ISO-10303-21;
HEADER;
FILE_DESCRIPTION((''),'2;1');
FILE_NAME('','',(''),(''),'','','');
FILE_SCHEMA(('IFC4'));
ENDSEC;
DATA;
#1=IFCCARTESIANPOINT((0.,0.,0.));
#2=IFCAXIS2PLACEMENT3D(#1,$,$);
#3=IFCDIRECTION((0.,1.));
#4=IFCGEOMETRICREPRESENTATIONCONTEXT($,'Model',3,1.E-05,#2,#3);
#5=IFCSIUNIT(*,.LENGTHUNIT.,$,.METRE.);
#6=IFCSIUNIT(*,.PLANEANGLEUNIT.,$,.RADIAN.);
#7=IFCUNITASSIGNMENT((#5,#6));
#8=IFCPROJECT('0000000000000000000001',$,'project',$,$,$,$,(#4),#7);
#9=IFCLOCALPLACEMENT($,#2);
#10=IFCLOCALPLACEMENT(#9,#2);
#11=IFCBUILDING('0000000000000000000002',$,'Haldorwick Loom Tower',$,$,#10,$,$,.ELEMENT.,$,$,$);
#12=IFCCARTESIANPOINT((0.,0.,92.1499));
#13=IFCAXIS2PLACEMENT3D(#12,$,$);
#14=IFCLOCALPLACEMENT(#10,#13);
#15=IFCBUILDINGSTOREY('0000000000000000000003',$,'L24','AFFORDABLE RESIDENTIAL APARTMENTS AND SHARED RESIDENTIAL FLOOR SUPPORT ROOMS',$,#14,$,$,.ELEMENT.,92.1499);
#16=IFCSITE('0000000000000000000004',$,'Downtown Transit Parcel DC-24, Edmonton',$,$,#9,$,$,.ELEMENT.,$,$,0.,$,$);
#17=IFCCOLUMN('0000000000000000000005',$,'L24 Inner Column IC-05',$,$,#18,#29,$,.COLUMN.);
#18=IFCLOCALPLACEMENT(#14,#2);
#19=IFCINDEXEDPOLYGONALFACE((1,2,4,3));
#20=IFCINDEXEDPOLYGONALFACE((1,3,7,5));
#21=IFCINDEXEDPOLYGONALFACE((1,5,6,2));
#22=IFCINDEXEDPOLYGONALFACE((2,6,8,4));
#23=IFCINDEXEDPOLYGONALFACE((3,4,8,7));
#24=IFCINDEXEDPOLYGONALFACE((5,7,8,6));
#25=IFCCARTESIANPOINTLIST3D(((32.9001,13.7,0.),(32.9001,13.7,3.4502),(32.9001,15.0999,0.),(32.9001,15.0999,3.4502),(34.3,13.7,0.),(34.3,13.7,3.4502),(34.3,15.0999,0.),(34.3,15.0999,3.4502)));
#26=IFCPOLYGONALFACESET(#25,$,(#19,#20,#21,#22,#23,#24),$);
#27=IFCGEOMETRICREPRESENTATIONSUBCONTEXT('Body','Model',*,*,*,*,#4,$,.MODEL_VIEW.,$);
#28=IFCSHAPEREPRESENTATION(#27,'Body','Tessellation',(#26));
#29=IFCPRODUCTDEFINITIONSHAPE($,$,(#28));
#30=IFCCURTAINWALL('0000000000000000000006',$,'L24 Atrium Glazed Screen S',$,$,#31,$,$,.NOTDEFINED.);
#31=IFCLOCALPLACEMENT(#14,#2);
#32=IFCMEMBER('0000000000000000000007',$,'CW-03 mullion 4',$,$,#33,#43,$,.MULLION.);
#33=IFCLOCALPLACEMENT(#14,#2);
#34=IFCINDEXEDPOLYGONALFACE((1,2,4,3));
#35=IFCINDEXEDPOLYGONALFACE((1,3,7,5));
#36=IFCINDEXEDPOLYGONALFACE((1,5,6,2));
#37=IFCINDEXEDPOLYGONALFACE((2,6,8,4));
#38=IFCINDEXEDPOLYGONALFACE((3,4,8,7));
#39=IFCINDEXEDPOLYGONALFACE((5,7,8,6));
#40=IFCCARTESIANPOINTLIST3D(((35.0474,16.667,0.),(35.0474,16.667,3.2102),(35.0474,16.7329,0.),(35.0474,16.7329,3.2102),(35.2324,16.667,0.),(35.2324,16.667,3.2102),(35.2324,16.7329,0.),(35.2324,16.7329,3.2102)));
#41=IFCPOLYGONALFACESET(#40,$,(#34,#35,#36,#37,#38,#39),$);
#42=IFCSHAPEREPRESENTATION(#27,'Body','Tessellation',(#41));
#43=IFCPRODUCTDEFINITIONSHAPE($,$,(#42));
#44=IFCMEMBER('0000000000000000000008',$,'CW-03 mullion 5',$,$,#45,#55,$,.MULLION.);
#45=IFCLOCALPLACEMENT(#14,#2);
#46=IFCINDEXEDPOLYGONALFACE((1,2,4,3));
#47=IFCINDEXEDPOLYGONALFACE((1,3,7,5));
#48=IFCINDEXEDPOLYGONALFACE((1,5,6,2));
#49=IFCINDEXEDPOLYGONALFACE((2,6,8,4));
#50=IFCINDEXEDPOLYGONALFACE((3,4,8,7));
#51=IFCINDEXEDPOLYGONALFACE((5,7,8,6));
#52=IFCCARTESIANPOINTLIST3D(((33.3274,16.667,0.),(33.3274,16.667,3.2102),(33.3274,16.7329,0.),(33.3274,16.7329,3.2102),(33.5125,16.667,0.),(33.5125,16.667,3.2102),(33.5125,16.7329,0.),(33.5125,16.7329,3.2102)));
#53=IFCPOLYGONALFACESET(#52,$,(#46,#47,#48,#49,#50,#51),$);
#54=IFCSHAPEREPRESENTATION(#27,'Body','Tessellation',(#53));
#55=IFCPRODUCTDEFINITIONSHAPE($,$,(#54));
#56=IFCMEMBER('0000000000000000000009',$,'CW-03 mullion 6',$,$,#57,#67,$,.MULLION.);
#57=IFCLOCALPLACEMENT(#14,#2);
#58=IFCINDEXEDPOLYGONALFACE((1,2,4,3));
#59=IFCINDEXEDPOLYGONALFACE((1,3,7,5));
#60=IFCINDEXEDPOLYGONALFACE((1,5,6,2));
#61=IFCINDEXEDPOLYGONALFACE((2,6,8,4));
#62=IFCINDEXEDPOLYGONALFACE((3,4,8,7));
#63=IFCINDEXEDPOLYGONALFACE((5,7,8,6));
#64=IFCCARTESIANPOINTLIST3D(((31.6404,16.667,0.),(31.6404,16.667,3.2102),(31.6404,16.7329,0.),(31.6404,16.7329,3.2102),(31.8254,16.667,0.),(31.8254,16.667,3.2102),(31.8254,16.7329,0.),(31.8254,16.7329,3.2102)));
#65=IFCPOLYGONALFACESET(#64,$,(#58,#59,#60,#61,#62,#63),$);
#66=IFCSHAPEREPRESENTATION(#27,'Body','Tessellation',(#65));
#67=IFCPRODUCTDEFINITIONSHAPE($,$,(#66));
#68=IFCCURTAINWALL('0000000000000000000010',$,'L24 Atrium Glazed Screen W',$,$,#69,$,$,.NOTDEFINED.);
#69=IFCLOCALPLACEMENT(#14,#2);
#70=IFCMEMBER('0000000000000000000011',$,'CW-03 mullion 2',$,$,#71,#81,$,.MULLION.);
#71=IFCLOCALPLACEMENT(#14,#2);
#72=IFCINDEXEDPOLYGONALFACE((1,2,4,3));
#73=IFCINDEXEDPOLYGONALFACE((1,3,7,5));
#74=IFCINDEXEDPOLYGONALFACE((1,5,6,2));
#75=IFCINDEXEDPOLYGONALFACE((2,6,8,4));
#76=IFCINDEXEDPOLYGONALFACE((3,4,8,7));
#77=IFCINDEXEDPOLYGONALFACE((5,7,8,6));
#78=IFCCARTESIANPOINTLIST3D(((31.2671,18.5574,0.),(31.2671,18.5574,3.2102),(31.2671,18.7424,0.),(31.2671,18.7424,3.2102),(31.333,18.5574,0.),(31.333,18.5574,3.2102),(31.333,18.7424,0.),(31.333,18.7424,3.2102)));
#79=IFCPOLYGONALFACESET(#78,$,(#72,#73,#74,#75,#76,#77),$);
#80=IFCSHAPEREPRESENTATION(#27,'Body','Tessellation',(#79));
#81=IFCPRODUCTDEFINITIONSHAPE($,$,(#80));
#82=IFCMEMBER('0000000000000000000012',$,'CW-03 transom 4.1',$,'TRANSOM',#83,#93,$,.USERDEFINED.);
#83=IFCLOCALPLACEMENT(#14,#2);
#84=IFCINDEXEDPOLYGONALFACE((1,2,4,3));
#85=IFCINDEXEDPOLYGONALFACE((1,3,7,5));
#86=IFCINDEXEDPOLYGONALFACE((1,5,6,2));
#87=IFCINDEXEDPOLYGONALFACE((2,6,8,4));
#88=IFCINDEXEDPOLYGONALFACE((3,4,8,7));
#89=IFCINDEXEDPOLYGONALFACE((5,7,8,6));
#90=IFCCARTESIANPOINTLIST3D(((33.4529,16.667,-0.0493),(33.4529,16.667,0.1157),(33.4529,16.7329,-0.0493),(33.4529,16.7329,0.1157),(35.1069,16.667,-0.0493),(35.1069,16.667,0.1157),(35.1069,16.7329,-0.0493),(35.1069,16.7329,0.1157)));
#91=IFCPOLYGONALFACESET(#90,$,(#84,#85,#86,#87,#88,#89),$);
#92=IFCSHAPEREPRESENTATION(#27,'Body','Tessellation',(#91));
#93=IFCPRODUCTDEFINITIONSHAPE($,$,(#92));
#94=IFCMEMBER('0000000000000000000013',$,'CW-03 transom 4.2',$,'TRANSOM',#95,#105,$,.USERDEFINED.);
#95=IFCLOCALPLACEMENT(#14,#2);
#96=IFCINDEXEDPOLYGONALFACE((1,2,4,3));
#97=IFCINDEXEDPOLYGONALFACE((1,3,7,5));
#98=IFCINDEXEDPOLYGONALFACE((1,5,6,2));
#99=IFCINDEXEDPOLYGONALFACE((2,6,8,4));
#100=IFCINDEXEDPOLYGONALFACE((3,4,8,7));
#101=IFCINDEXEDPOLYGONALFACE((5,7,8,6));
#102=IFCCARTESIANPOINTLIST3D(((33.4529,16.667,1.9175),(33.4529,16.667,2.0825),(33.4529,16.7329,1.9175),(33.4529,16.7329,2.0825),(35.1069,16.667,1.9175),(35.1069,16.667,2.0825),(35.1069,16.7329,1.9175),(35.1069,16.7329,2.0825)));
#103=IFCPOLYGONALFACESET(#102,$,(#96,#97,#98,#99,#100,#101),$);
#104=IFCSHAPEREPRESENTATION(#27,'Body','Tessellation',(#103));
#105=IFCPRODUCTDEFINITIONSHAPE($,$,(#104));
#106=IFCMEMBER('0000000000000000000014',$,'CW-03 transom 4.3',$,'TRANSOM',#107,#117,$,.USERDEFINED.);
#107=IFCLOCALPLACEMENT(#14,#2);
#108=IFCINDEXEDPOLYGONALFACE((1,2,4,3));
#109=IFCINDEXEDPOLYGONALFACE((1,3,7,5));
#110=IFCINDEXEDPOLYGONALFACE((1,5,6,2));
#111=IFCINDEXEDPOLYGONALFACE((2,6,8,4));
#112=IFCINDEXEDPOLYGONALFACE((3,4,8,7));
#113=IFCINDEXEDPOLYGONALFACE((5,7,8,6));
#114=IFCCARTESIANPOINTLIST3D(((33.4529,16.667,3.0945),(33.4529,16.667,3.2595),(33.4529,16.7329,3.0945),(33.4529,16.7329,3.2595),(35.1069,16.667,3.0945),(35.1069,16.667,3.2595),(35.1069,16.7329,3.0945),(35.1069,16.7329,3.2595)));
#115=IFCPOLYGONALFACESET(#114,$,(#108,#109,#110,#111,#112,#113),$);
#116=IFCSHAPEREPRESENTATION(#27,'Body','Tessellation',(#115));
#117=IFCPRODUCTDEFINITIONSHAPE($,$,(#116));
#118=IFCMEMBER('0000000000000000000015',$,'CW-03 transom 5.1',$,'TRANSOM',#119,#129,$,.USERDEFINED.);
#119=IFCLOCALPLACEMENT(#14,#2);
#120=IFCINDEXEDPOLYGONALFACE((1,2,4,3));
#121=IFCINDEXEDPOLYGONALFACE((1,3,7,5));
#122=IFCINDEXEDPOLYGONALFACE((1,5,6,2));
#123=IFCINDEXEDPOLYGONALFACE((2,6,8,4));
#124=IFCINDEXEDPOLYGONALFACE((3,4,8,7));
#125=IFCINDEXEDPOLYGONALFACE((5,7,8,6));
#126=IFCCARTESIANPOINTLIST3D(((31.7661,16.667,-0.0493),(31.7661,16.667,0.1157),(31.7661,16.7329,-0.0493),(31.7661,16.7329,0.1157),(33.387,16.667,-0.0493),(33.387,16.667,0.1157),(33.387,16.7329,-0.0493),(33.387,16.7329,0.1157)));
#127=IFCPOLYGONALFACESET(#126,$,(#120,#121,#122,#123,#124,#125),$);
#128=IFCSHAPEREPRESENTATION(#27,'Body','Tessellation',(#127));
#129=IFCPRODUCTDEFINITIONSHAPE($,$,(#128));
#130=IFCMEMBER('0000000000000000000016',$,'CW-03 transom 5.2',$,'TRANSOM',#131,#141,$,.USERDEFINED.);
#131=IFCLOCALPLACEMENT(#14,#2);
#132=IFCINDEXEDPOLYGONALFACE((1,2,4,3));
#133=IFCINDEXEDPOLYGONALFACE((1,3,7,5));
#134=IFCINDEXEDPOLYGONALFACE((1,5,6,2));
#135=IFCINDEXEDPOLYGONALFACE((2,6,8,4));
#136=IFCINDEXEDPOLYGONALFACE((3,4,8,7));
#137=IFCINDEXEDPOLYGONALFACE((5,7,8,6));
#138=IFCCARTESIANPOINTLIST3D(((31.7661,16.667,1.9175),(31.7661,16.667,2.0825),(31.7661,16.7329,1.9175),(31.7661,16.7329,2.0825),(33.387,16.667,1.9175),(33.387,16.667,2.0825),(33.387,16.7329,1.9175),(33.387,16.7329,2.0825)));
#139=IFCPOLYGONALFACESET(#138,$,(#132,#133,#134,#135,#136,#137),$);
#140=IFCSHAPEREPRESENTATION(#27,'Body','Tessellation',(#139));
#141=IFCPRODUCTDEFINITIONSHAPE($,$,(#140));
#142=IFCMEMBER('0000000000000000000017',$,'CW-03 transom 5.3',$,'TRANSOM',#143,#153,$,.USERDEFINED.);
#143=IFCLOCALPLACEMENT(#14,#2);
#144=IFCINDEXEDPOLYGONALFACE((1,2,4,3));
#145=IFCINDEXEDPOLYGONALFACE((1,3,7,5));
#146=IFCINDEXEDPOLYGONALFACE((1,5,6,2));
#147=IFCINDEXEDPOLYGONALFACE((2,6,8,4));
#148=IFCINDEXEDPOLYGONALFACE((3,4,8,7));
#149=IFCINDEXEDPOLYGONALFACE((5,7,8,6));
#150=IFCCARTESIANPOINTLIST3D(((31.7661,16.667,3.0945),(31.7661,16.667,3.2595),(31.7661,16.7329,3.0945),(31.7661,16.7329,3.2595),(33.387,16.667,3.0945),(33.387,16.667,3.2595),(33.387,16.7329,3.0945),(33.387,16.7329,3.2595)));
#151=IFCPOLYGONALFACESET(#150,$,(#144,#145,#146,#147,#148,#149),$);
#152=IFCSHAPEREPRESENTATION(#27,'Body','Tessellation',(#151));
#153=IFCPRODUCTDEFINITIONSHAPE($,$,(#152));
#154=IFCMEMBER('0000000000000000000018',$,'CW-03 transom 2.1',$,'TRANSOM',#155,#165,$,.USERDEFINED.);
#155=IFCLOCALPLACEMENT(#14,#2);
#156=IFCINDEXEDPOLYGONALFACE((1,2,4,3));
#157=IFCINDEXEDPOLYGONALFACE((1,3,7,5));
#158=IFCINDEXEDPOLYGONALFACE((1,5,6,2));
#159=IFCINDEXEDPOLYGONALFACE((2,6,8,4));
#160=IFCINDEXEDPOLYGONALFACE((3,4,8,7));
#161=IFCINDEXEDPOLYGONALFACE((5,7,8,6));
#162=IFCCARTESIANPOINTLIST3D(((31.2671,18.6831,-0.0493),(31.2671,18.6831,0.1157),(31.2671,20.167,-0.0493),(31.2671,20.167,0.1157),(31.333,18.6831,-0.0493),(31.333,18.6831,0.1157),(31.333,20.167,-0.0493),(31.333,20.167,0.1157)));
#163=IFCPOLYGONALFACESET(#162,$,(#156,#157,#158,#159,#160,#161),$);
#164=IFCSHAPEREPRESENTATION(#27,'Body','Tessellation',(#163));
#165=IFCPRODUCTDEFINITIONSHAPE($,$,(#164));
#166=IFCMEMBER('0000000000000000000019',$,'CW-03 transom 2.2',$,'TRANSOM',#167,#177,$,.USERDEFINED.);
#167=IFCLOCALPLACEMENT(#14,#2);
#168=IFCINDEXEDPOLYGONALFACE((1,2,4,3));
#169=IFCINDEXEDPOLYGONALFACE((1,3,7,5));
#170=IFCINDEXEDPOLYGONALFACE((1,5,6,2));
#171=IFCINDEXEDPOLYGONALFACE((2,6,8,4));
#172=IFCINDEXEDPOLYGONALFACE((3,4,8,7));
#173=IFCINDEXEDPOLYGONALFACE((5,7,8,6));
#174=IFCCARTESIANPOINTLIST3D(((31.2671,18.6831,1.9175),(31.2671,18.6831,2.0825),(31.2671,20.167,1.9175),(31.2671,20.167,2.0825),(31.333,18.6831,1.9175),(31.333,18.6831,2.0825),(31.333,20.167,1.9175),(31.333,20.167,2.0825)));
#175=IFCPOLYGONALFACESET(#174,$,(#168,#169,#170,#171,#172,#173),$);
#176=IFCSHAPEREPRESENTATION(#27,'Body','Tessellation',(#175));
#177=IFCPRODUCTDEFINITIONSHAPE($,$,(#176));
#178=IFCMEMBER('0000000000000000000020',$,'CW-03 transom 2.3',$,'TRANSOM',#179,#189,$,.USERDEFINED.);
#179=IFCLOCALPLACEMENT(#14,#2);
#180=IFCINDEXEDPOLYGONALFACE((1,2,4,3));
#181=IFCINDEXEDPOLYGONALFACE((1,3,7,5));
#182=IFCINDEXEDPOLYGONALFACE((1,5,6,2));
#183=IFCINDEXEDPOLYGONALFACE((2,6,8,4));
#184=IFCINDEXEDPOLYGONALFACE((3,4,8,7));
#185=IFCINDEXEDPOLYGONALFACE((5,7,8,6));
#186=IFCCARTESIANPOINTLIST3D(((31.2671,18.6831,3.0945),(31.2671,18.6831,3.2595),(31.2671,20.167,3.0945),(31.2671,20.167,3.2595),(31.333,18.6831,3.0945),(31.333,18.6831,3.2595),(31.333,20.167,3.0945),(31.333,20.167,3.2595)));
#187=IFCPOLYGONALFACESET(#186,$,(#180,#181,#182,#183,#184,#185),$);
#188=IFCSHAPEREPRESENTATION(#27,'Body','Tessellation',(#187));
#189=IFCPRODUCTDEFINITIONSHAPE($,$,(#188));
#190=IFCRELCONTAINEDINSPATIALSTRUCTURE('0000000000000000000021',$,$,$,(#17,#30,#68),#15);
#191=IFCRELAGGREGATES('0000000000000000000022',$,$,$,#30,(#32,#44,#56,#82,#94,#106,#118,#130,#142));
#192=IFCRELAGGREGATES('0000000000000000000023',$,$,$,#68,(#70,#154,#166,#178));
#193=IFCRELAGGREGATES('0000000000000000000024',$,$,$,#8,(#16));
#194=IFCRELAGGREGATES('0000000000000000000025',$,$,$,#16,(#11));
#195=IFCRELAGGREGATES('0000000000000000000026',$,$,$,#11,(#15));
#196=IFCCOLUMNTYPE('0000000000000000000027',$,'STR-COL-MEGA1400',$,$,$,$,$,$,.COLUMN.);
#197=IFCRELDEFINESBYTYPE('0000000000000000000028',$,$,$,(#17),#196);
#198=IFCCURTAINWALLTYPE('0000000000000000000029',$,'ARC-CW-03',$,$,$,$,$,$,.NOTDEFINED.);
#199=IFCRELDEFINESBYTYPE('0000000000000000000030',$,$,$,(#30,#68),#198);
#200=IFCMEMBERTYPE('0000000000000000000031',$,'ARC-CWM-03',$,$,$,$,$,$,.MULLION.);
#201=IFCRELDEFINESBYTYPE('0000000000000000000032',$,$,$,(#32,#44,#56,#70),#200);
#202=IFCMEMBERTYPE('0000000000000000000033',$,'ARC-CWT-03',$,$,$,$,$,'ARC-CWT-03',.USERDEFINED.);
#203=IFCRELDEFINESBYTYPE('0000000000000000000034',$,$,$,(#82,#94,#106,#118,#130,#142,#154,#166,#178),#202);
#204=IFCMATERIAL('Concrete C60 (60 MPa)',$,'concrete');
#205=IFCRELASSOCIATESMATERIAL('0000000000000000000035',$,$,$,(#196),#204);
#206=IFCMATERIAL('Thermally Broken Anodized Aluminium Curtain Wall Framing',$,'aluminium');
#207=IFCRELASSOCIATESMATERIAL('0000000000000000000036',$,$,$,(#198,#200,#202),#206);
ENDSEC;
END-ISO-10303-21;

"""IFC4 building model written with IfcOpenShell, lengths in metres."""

from ifc_helpers import new_model, si_unit, direction, frame, origin, origin_2d, place, context, subcontext, project, spatial, rectangle, extrude, material, material_profile, profile_set, type_object, element, aggregate, save


model = new_model("IFC4")

# Units and contexts
model_context = context("Model", 3, precision=1e-05, world=origin(), true_north=direction((0.0, 1.0)))
body_context = subcontext(model_context, "Body", "Model", "MODEL_VIEW")
ifc_project = project(units=[si_unit("LENGTHUNIT", "METRE"), si_unit("PLANEANGLEUNIT", "RADIAN")], contexts=[model_context])

# Site, building, storey
site_placement = place(None, origin())
site = spatial("IfcSite", under=ifc_project, at=site_placement, Name="Downtown Transit Parcel DC-24, Edmonton", CompositionType="ELEMENT", RefElevation=0.0)
building_placement = place(site_placement, origin())
building = spatial("IfcBuilding", under=site, at=building_placement, Name="Haldorwick Loom Tower", CompositionType="ELEMENT")
storey_placement = place(building_placement, frame((0.0, 0.0, 92.1499)))
storey = spatial("IfcBuildingStorey", under=building, at=storey_placement, Name="L24", Description="AFFORDABLE RESIDENTIAL APARTMENTS AND SHARED RESIDENTIAL FLOOR SUPPORT ROOMS", CompositionType="ELEMENT", Elevation=92.1499)

# Column
ifc_material_1 = material(Name="Concrete C60 (60 MPa)", Category="concrete")
ifc_material_profile_1 = material_profile(ifc_material_1, rectangle(XDim=1.3999, YDim=1.3999, at=origin_2d()), Name="RC1400X1400", Category="concrete")
ifc_profile_set_1 = profile_set([ifc_material_profile_1], Name="Concrete C60 (60 MPa)")
column_type = type_object("IfcColumnType", Name="STR-COL-MEGA1400", PredefinedType="COLUMN", material=ifc_profile_set_1)
column_placement = place(storey_placement, frame((33.6001, 14.3999, 0.0), z_axis=(0.0, 0.0, 1.0), x_axis=(1.0, 0.0, 0.0)))
element("IfcColumn", 1, at=column_placement, inside=storey, type_object=column_type, Name="L24 Inner Column IC-05", PredefinedType="COLUMN", context=body_context, shape_type="SweptSolid", body=[
    extrude(rectangle(XDim=1.3999, YDim=1.3999, at=origin_2d()), origin(), (0.0, 0.0, 1.0), 3.4502),
])

# Curtain wall, members
ifc_material_2 = material(Name="Thermally Broken Anodized Aluminium Curtain Wall Framing", Category="aluminium")
curtain_wall_type = type_object("IfcCurtainWallType", Name="ARC-CW-03", PredefinedType="NOTDEFINED", material=ifc_material_2)
curtain_wall_1_placement = place(storey_placement, origin())
curtain_wall_1 = element("IfcCurtainWall", 2, at=curtain_wall_1_placement, inside=storey, type_object=curtain_wall_type, Name="L24 Atrium Glazed Screen S", PredefinedType="NOTDEFINED")
ifc_material_profile_2 = material_profile(ifc_material_2, rectangle(XDim=0.0659, YDim=0.1851, at=origin_2d()), Name="ALU_MUL_66X185", Category="aluminium")
ifc_profile_set_2 = profile_set([ifc_material_profile_2], Name="Thermally Broken Anodized Aluminium Curtain Wall Framing")
member_type_1 = type_object("IfcMemberType", Name="ARC-CWM-03", PredefinedType="MULLION", material=ifc_profile_set_2)
member_1_placement = place(storey_placement, frame((35.1399, 16.7, 0.0), z_axis=(0.0, 0.0, 1.0), x_axis=(0.0, -1.0, 0.0)))
member_1 = element("IfcMember", 3, at=member_1_placement, type_object=member_type_1, Name="CW-03 mullion 4", PredefinedType="MULLION", context=body_context, shape_type="SweptSolid", body=[
    extrude(rectangle(XDim=0.0659, YDim=0.1851, at=origin_2d()), origin(), (0.0, 0.0, 1.0), 3.2102),
])
member_2_placement = place(storey_placement, frame((33.4199, 16.7, 0.0), z_axis=(0.0, 0.0, 1.0), x_axis=(0.0, -1.0, 0.0)))
member_2 = element("IfcMember", 4, at=member_2_placement, type_object=member_type_1, Name="CW-03 mullion 5", PredefinedType="MULLION", context=body_context, shape_type="SweptSolid", body=[
    extrude(rectangle(XDim=0.0659, YDim=0.1851, at=origin_2d()), origin(), (0.0, 0.0, 1.0), 3.2102),
])
member_3_placement = place(storey_placement, frame((31.7329, 16.7, 0.0), z_axis=(0.0, 0.0, 1.0), x_axis=(0.0, -1.0, 0.0)))
member_3 = element("IfcMember", 5, at=member_3_placement, type_object=member_type_1, Name="CW-03 mullion 6", PredefinedType="MULLION", context=body_context, shape_type="SweptSolid", body=[
    extrude(rectangle(XDim=0.0659, YDim=0.1851, at=origin_2d()), origin(), (0.0, 0.0, 1.0), 3.2102),
])

# Curtain wall, member
curtain_wall_2_placement = place(storey_placement, origin())
curtain_wall_2 = element("IfcCurtainWall", 6, at=curtain_wall_2_placement, inside=storey, type_object=curtain_wall_type, Name="L24 Atrium Glazed Screen W", PredefinedType="NOTDEFINED")
member_4_placement = place(storey_placement, frame((31.3, 18.6499, 0.0), z_axis=(0.0, 0.0, 1.0), x_axis=(-1.0, 0.0, 0.0)))
member_4 = element("IfcMember", 7, at=member_4_placement, type_object=member_type_1, Name="CW-03 mullion 2", PredefinedType="MULLION", context=body_context, shape_type="SweptSolid", body=[
    extrude(rectangle(XDim=0.0659, YDim=0.1851, at=origin_2d()), origin(), (0.0, 0.0, 1.0), 3.2102),
])

# Members
ifc_material_profile_3 = material_profile(ifc_material_2, rectangle(XDim=0.0659, YDim=0.165, at=origin_2d()), Name="ALU_TRN_66X165", Category="aluminium")
ifc_profile_set_3 = profile_set([ifc_material_profile_3], Name="Thermally Broken Anodized Aluminium Curtain Wall Framing")
member_type_2 = type_object("IfcMemberType", Name="ARC-CWT-03", ElementType="ARC-CWT-03", PredefinedType="USERDEFINED", material=ifc_profile_set_3)
member_5_placement = place(storey_placement, frame((35.1069, 16.7, 0.0332), z_axis=(-1.0, 0.0, 0.0), x_axis=(0.0, -1.0, 0.0)))
member_5 = element("IfcMember", 8, at=member_5_placement, type_object=member_type_2, Name="CW-03 transom 4.1", ObjectType="TRANSOM", PredefinedType="USERDEFINED", context=body_context, shape_type="SweptSolid", body=[
    extrude(rectangle(XDim=0.0659, YDim=0.165, at=origin_2d()), origin(), (0.0, 0.0, 1.0), 1.6541),
])
member_6_placement = place(storey_placement, frame((35.1069, 16.7, 2.0), z_axis=(-1.0, 0.0, 0.0), x_axis=(0.0, -1.0, 0.0)))
member_6 = element("IfcMember", 9, at=member_6_placement, type_object=member_type_2, Name="CW-03 transom 4.2", ObjectType="TRANSOM", PredefinedType="USERDEFINED", context=body_context, shape_type="SweptSolid", body=[
    extrude(rectangle(XDim=0.0659, YDim=0.165, at=origin_2d()), origin(), (0.0, 0.0, 1.0), 1.6541),
])
member_7_placement = place(storey_placement, frame((35.1069, 16.7, 3.177), z_axis=(-1.0, 0.0, 0.0), x_axis=(0.0, -1.0, 0.0)))
member_7 = element("IfcMember", 10, at=member_7_placement, type_object=member_type_2, Name="CW-03 transom 4.3", ObjectType="TRANSOM", PredefinedType="USERDEFINED", context=body_context, shape_type="SweptSolid", body=[
    extrude(rectangle(XDim=0.0659, YDim=0.165, at=origin_2d()), origin(), (0.0, 0.0, 1.0), 1.6541),
])
member_8_placement = place(storey_placement, frame((33.387, 16.7, 0.0332), z_axis=(-1.0, 0.0, 0.0), x_axis=(0.0, -1.0, 0.0)))
member_8 = element("IfcMember", 11, at=member_8_placement, type_object=member_type_2, Name="CW-03 transom 5.1", ObjectType="TRANSOM", PredefinedType="USERDEFINED", context=body_context, shape_type="SweptSolid", body=[
    extrude(rectangle(XDim=0.0659, YDim=0.165, at=origin_2d()), origin(), (0.0, 0.0, 1.0), 1.6208),
])
member_9_placement = place(storey_placement, frame((33.387, 16.7, 2.0), z_axis=(-1.0, 0.0, 0.0), x_axis=(0.0, -1.0, 0.0)))
member_9 = element("IfcMember", 12, at=member_9_placement, type_object=member_type_2, Name="CW-03 transom 5.2", ObjectType="TRANSOM", PredefinedType="USERDEFINED", context=body_context, shape_type="SweptSolid", body=[
    extrude(rectangle(XDim=0.0659, YDim=0.165, at=origin_2d()), origin(), (0.0, 0.0, 1.0), 1.6208),
])
member_10_placement = place(storey_placement, frame((33.387, 16.7, 3.177), z_axis=(-1.0, 0.0, 0.0), x_axis=(0.0, -1.0, 0.0)))
member_10 = element("IfcMember", 13, at=member_10_placement, type_object=member_type_2, Name="CW-03 transom 5.3", ObjectType="TRANSOM", PredefinedType="USERDEFINED", context=body_context, shape_type="SweptSolid", body=[
    extrude(rectangle(XDim=0.0659, YDim=0.165, at=origin_2d()), origin(), (0.0, 0.0, 1.0), 1.6208),
])
member_11_placement = place(storey_placement, frame((31.3, 18.6831, 0.0332), z_axis=(0.0, 1.0, 0.0), x_axis=(-1.0, 0.0, 0.0)))
member_11 = element("IfcMember", 14, at=member_11_placement, type_object=member_type_2, Name="CW-03 transom 2.1", ObjectType="TRANSOM", PredefinedType="USERDEFINED", context=body_context, shape_type="SweptSolid", body=[
    extrude(rectangle(XDim=0.0659, YDim=0.165, at=origin_2d()), origin(), (0.0, 0.0, 1.0), 1.4839),
])
member_12_placement = place(storey_placement, frame((31.3, 18.6831, 2.0), z_axis=(0.0, 1.0, 0.0), x_axis=(-1.0, 0.0, 0.0)))
member_12 = element("IfcMember", 15, at=member_12_placement, type_object=member_type_2, Name="CW-03 transom 2.2", ObjectType="TRANSOM", PredefinedType="USERDEFINED", context=body_context, shape_type="SweptSolid", body=[
    extrude(rectangle(XDim=0.0659, YDim=0.165, at=origin_2d()), origin(), (0.0, 0.0, 1.0), 1.4839),
])
member_13_placement = place(storey_placement, frame((31.3, 18.6831, 3.177), z_axis=(0.0, 1.0, 0.0), x_axis=(-1.0, 0.0, 0.0)))
member_13 = element("IfcMember", 16, at=member_13_placement, type_object=member_type_2, Name="CW-03 transom 2.3", ObjectType="TRANSOM", PredefinedType="USERDEFINED", context=body_context, shape_type="SweptSolid", body=[
    extrude(rectangle(XDim=0.0659, YDim=0.165, at=origin_2d()), origin(), (0.0, 0.0, 1.0), 1.4839),
])

aggregate(curtain_wall_1, [member_1, member_2, member_3, member_5, member_6, member_7, member_8, member_9, member_10])
aggregate(curtain_wall_2, [member_4, member_11, member_12, member_13])

save(model, "model.ifc")
